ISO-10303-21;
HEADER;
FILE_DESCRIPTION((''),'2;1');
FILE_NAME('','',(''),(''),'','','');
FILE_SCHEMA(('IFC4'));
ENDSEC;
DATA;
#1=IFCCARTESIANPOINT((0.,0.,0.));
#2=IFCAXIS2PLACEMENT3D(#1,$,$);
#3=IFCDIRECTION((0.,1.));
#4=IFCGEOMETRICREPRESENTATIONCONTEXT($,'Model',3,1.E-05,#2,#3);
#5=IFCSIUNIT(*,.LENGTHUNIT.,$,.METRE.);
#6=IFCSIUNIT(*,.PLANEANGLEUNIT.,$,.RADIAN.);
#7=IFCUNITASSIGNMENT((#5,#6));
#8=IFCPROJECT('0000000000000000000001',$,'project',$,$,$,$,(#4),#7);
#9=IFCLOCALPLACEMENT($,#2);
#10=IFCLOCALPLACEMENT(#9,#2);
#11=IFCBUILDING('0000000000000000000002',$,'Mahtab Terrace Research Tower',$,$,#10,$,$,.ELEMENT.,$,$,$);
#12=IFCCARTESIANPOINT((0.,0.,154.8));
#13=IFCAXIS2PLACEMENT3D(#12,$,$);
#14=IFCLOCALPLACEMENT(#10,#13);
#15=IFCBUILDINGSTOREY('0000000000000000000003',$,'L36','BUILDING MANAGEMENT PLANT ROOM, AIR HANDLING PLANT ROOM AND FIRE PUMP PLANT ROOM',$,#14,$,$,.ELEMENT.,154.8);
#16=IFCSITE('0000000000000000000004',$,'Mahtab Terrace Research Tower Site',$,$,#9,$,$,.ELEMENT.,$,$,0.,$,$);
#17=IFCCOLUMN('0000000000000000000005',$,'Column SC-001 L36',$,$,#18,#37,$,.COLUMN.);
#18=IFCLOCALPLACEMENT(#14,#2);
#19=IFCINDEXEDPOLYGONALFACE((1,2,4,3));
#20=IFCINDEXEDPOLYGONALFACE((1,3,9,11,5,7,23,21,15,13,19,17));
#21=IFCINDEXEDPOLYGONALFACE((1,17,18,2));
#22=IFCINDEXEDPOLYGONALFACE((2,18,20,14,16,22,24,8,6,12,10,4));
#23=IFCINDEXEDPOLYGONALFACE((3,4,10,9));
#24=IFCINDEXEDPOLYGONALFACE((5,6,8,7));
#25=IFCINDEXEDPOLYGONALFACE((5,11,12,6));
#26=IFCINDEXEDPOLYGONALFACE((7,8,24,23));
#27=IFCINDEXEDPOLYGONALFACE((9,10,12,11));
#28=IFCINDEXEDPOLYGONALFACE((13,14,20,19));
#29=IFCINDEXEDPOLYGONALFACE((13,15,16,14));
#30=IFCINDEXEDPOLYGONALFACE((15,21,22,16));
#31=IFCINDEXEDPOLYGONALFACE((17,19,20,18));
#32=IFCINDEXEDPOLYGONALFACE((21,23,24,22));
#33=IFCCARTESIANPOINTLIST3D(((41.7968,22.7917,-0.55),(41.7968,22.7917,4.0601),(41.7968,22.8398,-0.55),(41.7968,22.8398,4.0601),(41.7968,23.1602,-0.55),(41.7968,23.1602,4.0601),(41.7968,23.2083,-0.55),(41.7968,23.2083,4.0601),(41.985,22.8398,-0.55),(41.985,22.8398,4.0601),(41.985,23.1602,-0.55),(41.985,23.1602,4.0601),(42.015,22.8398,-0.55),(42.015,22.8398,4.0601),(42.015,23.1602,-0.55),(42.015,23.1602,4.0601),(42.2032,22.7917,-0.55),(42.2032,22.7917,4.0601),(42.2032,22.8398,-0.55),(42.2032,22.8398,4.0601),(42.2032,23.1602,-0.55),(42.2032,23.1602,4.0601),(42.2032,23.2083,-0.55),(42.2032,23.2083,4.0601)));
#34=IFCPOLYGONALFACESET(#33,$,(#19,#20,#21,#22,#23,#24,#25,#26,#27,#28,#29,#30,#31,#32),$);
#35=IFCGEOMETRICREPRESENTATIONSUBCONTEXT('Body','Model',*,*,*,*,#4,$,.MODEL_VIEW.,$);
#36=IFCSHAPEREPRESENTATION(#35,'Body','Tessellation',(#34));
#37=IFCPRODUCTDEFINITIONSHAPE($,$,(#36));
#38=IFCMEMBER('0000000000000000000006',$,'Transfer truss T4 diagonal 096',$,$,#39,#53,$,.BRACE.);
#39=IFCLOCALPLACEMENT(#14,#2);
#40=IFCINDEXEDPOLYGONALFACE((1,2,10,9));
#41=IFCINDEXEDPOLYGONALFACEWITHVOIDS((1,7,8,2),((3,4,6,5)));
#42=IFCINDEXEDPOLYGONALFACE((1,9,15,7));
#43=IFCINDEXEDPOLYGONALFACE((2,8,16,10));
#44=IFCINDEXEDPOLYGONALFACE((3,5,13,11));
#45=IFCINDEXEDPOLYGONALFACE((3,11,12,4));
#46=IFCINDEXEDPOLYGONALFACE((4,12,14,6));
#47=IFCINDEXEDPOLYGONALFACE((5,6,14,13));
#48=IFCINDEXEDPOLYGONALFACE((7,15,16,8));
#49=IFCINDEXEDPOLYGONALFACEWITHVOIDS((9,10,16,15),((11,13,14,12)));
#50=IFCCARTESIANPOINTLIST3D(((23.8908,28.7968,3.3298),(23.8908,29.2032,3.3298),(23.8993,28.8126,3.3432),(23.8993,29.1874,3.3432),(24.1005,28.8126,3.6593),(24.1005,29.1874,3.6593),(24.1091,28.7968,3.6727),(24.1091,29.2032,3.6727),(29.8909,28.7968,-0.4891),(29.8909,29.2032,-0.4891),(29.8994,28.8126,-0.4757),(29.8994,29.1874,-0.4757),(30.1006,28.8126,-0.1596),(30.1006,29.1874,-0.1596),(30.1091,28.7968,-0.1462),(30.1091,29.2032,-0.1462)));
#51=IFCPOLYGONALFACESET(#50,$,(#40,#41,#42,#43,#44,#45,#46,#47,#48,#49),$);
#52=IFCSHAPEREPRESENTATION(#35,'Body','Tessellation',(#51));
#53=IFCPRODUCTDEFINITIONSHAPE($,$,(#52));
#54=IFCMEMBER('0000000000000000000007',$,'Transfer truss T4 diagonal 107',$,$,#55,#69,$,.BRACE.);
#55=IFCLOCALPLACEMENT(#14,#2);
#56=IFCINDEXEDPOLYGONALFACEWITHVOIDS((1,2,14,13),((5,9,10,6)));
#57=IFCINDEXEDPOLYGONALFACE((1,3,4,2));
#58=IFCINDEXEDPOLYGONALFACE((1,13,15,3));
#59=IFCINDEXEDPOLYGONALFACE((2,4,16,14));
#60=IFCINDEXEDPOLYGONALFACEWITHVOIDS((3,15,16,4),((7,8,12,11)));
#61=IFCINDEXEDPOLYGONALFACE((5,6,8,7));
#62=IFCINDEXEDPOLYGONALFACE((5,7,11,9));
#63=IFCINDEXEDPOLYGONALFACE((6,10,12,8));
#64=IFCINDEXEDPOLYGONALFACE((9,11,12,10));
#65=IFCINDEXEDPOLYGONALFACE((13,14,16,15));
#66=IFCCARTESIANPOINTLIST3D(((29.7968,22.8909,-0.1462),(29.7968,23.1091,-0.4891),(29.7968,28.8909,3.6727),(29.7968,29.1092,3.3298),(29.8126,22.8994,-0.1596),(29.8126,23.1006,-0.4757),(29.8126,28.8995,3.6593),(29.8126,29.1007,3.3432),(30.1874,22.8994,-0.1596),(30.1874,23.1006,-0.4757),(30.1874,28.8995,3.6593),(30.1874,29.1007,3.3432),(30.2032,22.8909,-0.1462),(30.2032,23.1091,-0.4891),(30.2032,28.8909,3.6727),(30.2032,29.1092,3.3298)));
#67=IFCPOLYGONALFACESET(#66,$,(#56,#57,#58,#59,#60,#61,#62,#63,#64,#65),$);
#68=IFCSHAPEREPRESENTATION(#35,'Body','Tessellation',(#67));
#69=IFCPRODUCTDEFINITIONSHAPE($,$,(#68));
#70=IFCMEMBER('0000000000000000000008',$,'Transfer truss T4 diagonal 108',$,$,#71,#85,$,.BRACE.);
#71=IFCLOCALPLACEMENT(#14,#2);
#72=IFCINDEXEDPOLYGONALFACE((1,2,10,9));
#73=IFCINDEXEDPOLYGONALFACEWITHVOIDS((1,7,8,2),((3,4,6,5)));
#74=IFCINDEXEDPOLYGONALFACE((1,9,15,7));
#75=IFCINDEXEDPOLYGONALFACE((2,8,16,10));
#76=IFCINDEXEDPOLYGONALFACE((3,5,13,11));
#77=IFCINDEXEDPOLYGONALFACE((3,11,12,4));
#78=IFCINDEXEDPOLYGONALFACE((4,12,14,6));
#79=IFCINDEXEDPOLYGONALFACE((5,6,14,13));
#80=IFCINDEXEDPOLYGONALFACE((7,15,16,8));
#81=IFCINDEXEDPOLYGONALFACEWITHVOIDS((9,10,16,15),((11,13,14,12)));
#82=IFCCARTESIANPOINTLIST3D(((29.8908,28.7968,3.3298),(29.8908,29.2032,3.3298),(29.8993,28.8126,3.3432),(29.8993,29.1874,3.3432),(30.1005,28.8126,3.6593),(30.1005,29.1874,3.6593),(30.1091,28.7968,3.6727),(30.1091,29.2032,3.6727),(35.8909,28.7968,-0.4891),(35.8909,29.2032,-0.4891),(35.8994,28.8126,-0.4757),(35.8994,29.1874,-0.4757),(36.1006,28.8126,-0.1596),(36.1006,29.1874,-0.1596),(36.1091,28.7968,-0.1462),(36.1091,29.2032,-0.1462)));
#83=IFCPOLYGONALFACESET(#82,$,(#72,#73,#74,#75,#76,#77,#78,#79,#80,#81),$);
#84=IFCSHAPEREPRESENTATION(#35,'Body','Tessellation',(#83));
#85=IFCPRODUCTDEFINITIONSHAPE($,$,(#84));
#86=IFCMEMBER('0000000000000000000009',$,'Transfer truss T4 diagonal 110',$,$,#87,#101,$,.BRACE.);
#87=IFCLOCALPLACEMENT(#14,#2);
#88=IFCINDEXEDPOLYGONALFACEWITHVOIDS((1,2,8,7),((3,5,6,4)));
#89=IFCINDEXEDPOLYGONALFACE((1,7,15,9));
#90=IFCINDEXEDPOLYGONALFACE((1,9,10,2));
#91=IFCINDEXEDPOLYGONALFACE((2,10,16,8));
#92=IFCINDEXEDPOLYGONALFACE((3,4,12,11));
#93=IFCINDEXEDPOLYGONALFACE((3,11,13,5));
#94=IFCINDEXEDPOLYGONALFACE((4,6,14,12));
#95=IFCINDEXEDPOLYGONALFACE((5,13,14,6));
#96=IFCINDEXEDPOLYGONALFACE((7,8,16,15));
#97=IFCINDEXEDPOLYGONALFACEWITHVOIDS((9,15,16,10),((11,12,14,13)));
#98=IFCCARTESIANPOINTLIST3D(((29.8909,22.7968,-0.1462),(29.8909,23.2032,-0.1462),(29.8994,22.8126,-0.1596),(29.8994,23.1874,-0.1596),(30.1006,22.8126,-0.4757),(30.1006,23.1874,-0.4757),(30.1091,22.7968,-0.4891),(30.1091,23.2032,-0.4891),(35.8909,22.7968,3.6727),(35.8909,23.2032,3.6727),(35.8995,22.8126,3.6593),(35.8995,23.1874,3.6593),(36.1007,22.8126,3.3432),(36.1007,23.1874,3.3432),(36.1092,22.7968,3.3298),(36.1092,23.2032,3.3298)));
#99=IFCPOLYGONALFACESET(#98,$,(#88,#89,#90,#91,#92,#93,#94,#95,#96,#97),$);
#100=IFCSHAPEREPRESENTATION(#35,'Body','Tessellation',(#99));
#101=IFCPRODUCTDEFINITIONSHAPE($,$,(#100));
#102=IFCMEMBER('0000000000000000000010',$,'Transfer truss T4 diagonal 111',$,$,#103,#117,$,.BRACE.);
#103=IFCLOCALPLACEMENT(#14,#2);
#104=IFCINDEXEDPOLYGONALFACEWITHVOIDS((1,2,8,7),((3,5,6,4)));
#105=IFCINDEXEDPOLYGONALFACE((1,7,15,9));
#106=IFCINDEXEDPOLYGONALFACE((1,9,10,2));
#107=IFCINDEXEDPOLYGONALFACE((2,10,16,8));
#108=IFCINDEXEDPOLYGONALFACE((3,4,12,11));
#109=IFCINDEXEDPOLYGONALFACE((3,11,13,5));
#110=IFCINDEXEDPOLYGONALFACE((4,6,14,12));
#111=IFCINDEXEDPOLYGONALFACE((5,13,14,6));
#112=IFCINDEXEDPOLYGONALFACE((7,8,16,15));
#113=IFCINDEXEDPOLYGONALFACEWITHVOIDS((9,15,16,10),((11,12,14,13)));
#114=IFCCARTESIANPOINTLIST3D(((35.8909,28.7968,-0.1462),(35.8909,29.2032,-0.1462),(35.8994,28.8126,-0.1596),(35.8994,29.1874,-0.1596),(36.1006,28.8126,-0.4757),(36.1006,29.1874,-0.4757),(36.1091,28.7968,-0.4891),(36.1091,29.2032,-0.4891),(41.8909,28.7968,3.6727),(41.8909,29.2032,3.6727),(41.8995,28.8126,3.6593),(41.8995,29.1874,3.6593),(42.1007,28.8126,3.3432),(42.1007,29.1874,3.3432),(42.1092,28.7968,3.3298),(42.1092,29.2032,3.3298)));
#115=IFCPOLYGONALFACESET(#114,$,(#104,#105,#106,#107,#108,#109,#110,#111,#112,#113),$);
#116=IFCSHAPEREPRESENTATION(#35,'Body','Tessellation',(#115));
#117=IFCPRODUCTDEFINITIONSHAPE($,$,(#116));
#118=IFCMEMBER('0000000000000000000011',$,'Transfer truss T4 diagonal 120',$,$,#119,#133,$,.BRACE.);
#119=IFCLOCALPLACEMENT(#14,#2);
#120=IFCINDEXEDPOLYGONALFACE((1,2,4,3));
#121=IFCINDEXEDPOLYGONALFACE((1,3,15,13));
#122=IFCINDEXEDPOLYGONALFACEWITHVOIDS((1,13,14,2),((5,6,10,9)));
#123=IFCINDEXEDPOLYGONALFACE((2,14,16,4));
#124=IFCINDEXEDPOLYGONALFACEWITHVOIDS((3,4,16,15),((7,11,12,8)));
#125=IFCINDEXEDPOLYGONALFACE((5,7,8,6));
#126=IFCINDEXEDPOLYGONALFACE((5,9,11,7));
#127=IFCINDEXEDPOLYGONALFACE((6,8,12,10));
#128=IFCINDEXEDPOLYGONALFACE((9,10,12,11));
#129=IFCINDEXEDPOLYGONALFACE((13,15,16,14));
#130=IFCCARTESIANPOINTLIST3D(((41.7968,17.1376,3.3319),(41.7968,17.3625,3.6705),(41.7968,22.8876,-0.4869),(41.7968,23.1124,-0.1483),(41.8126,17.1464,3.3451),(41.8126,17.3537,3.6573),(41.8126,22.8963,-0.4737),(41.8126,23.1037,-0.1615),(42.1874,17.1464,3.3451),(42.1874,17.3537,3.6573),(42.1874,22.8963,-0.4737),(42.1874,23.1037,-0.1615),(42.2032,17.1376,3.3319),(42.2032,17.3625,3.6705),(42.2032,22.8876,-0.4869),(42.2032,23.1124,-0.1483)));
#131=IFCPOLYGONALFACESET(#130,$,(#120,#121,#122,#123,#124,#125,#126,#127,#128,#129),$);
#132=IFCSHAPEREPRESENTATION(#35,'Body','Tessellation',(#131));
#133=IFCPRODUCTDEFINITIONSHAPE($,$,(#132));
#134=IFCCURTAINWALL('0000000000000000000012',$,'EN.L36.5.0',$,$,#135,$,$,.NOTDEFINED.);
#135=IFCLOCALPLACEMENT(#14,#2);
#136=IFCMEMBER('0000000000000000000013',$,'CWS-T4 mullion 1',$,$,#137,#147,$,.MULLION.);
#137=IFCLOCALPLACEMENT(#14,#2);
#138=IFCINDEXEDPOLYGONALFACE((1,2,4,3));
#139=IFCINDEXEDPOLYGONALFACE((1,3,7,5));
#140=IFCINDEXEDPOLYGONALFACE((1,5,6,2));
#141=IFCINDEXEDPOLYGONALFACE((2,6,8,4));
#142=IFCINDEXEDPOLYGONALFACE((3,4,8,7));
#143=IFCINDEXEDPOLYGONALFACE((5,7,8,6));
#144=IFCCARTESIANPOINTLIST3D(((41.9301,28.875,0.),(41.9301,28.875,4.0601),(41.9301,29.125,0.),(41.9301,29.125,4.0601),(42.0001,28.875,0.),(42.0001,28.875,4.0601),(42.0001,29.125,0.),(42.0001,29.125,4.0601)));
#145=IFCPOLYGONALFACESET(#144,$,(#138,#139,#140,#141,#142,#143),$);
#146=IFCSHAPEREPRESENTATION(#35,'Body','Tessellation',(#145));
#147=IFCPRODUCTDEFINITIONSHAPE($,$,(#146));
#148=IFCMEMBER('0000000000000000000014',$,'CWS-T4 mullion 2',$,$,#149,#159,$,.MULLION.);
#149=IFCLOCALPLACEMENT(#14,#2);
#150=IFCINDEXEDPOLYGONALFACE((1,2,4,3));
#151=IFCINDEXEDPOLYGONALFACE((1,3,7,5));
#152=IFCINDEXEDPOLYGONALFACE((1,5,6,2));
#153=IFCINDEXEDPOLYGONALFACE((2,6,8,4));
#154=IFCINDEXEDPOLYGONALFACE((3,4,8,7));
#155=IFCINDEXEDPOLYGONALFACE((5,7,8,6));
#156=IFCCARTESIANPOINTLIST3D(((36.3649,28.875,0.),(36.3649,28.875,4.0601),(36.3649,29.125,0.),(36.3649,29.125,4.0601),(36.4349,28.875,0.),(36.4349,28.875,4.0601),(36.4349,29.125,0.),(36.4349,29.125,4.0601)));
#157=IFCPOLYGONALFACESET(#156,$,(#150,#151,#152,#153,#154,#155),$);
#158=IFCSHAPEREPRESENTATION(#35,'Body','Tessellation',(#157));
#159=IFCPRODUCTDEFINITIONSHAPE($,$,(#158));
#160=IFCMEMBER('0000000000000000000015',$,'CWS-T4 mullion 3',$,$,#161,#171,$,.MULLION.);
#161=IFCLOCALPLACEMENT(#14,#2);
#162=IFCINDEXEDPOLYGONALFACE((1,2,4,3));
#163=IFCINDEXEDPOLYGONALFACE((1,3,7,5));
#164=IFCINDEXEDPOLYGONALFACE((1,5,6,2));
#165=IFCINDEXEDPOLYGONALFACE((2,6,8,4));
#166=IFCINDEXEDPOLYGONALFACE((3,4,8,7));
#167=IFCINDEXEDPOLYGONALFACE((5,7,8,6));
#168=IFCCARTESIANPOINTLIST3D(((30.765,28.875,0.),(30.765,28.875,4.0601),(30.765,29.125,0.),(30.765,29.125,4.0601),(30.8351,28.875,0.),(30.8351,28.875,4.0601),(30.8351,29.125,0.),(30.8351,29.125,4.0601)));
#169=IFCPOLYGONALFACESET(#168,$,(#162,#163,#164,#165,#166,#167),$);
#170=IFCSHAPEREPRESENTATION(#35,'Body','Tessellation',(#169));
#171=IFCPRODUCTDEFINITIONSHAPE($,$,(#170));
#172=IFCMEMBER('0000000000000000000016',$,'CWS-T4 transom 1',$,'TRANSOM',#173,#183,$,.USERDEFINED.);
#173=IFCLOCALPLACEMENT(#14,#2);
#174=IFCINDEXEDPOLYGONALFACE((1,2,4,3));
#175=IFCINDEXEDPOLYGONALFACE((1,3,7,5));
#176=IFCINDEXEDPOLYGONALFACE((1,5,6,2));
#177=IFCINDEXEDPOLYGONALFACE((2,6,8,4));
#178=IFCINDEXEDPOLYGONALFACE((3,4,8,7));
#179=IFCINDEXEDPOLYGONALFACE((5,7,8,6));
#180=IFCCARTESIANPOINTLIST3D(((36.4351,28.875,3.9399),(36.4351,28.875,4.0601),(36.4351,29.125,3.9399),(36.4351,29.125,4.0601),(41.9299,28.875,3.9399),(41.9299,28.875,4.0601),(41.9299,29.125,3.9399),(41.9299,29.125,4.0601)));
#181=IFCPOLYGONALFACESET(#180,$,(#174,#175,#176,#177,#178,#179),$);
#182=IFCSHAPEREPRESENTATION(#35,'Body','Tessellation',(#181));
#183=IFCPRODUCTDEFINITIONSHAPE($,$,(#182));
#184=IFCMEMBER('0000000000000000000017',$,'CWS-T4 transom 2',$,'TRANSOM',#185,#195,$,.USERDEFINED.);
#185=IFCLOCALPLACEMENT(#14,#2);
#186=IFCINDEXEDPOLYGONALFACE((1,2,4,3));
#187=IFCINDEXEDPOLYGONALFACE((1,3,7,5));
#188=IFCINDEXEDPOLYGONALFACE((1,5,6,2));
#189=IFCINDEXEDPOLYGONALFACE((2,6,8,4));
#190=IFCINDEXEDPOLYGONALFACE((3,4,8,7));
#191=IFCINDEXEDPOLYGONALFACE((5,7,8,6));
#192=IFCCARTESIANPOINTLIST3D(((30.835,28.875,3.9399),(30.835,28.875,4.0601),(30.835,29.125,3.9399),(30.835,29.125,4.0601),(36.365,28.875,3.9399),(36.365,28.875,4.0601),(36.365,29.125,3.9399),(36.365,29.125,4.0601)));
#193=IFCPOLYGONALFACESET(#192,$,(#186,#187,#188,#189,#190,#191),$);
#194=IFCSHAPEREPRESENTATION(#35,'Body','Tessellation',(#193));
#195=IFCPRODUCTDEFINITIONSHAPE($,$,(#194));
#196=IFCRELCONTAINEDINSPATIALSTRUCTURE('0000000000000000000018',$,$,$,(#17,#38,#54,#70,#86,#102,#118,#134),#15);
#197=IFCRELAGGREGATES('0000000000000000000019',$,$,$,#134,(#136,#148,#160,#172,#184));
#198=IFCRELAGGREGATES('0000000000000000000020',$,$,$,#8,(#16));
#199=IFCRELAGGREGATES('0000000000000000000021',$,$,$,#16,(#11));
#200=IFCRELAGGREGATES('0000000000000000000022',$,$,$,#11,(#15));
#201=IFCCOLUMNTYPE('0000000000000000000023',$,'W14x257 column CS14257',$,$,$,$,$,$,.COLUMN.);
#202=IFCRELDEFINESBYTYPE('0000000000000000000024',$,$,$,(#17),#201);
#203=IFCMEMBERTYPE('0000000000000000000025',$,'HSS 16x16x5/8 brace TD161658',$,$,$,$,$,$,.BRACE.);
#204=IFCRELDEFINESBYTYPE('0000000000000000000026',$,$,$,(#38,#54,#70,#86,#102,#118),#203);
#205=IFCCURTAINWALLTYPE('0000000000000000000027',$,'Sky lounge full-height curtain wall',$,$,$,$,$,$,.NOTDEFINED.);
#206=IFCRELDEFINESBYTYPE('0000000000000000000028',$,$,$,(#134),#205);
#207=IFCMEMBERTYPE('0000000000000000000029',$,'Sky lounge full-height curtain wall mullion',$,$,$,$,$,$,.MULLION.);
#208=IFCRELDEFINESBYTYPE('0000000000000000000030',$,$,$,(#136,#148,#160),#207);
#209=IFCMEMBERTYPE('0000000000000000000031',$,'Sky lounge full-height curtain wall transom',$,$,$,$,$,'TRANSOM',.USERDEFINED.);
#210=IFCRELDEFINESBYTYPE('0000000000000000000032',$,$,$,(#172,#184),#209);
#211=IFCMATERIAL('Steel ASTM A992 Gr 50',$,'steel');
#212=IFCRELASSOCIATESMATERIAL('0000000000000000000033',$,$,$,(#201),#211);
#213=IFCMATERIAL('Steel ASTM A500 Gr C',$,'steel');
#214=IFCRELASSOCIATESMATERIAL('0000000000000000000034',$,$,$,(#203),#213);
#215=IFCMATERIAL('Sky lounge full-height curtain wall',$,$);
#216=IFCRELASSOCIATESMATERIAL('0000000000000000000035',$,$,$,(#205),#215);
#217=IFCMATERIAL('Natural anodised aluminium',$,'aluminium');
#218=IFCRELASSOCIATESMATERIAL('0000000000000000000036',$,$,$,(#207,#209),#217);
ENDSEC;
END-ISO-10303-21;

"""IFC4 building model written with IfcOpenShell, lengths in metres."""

from ifc_helpers import new_model, si_unit, direction, frame, origin, origin_2d, place, context, subcontext, project, spatial, rectangle, hollow_rectangle, i_section, extrude, material, material_profile, profile_set, type_object, element, aggregate, save


model = new_model("IFC4")

# Units and contexts
model_context = context("Model", 3, precision=1e-05, world=origin(), true_north=direction((0.0, 1.0)))
body_context = subcontext(model_context, "Body", "Model", "MODEL_VIEW")
ifc_project = project(units=[si_unit("LENGTHUNIT", "METRE"), si_unit("PLANEANGLEUNIT", "RADIAN")], contexts=[model_context])

# Site, building, storey
site_placement = place(None, origin())
site = spatial("IfcSite", under=ifc_project, at=site_placement, Name="Mahtab Terrace Research Tower Site", CompositionType="ELEMENT", RefElevation=0.0)
building_placement = place(site_placement, origin())
building = spatial("IfcBuilding", under=site, at=building_placement, Name="Mahtab Terrace Research Tower", CompositionType="ELEMENT")
storey_placement = place(building_placement, frame((0.0, 0.0, 154.8)))
storey = spatial("IfcBuildingStorey", under=building, at=storey_placement, Name="L36", Description="BUILDING MANAGEMENT PLANT ROOM, AIR HANDLING PLANT ROOM AND FIRE PUMP PLANT ROOM", CompositionType="ELEMENT", Elevation=154.8)

# Column
ifc_material_1 = material(Name="Steel ASTM A992 Gr 50", Category="steel")
ifc_material_profile_1 = material_profile(ifc_material_1, i_section(OverallWidth=0.4065, OverallDepth=0.4165, WebThickness=0.03, FlangeThickness=0.0481, at=origin_2d()), Name="W14X257")
ifc_profile_set_1 = profile_set([ifc_material_profile_1], Name="Steel ASTM A992 Gr 50")
column_type = type_object("IfcColumnType", Name="W14x257 column CS14257", PredefinedType="COLUMN", material=ifc_profile_set_1)
column_placement = place(storey_placement, frame((42.0, 23.0, -0.55), z_axis=(0.0, 0.0, 1.0), x_axis=(1.0, 0.0, 0.0)))
element("IfcColumn", 1, at=column_placement, inside=storey, type_object=column_type, Name="Column SC-001 L36", PredefinedType="COLUMN", context=body_context, shape_type="SweptSolid", body=[
    extrude(i_section(OverallWidth=0.4065, OverallDepth=0.4165, WebThickness=0.03, FlangeThickness=0.0481, at=origin_2d()), origin(), (0.0, 0.0, 1.0), 4.6101),
])

# Members
ifc_material_2 = material(Name="Steel ASTM A500 Gr C", Category="steel")
ifc_material_profile_2 = material_profile(ifc_material_2, hollow_rectangle(XDim=0.4065, YDim=0.4065, WallThickness=0.0159, at=origin_2d()), Name="HSS16X16X5/8")
ifc_profile_set_2 = profile_set([ifc_material_profile_2], Name="Steel ASTM A500 Gr C")
member_type_1 = type_object("IfcMemberType", Name="HSS 16x16x5/8 brace TD161658", PredefinedType="BRACE", material=ifc_profile_set_2)
for number, where, z_axis, x_axis, name in (
    (2, (30.0, 29.0, -0.3176), (-0.843619, 0.0, 0.536942), (0.0, -1.0, 0.0), "Transfer truss T4 diagonal 096"),
    (3, (30.0, 23.0, -0.3176), (0.0, 0.843619, 0.536942), (-1.0, 0.0, 0.0), "Transfer truss T4 diagonal 107"),
    (4, (36.0, 29.0, -0.3176), (-0.843619, 0.0, 0.536942), (0.0, -1.0, 0.0), "Transfer truss T4 diagonal 108"),
    (5, (30.0, 23.0, -0.3176), (0.843619, 0.0, 0.536942), (0.0, 1.0, 0.0), "Transfer truss T4 diagonal 110"),
    (6, (36.0, 29.0, -0.3176), (0.843619, 0.0, 0.536942), (0.0, 1.0, 0.0), "Transfer truss T4 diagonal 111"),
):
    element("IfcMember", number, at=place(storey_placement, frame(where, z_axis=z_axis, x_axis=x_axis)), inside=storey, type_object=member_type_1, Name=name, PredefinedType="BRACE", context=body_context, shape_type="SweptSolid", body=[
        extrude(hollow_rectangle(XDim=0.4065, YDim=0.4065, WallThickness=0.0159, at=origin_2d()), origin(), (0.0, 0.0, 1.0), 7.1123),
    ])
member_1_placement = place(storey_placement, frame((42.0, 23.0, -0.3176), z_axis=(0.0, -0.833018, 0.553246), x_axis=(1.0, 0.0, 0.0)))
element("IfcMember", 7, at=member_1_placement, inside=storey, type_object=member_type_1, Name="Transfer truss T4 diagonal 120", PredefinedType="BRACE", context=body_context, shape_type="SweptSolid", body=[
    extrude(hollow_rectangle(XDim=0.4065, YDim=0.4065, WallThickness=0.0159, at=origin_2d()), origin(), (0.0, 0.0, 1.0), 6.9026),
])

# Curtain wall, members
ifc_material_3 = material(Name="Sky lounge full-height curtain wall")
curtain_wall_type = type_object("IfcCurtainWallType", Name="Sky lounge full-height curtain wall", PredefinedType="NOTDEFINED", material=ifc_material_3)
curtain_wall_placement = place(storey_placement, origin())
curtain_wall = element("IfcCurtainWall", 8, at=curtain_wall_placement, inside=storey, type_object=curtain_wall_type, Name="EN.L36.5.0", PredefinedType="NOTDEFINED")
ifc_material_4 = material(Name="Natural anodised aluminium", Category="aluminium")
ifc_material_profile_3 = material_profile(ifc_material_4, rectangle(XDim=0.25, YDim=0.0701, at=origin_2d()), Name="MULLION 70x250")
ifc_profile_set_3 = profile_set([ifc_material_profile_3], Name="Natural anodised aluminium")
member_type_2 = type_object("IfcMemberType", Name="Sky lounge full-height curtain wall mullion", PredefinedType="MULLION", material=ifc_profile_set_3)
member_2_placement = place(storey_placement, frame((41.9651, 29.0, 0.0), z_axis=(0.0, 0.0, 1.0), x_axis=(0.0, -1.0, 0.0)))
member_2 = element("IfcMember", 9, at=member_2_placement, type_object=member_type_2, Name="CWS-T4 mullion 1", PredefinedType="MULLION", context=body_context, shape_type="SweptSolid", body=[
    extrude(rectangle(XDim=0.25, YDim=0.0701, at=origin_2d()), origin(), (0.0, 0.0, 1.0), 4.0601),
])
member_3_placement = place(storey_placement, frame((36.3999, 29.0, 0.0), z_axis=(0.0, 0.0, 1.0), x_axis=(0.0, -1.0, 0.0)))
member_3 = element("IfcMember", 10, at=member_3_placement, type_object=member_type_2, Name="CWS-T4 mullion 2", PredefinedType="MULLION", context=body_context, shape_type="SweptSolid", body=[
    extrude(rectangle(XDim=0.25, YDim=0.0701, at=origin_2d()), origin(), (0.0, 0.0, 1.0), 4.0601),
])
member_4_placement = place(storey_placement, frame((30.8, 29.0, 0.0), z_axis=(0.0, 0.0, 1.0), x_axis=(0.0, -1.0, 0.0)))
member_4 = element("IfcMember", 11, at=member_4_placement, type_object=member_type_2, Name="CWS-T4 mullion 3", PredefinedType="MULLION", context=body_context, shape_type="SweptSolid", body=[
    extrude(rectangle(XDim=0.25, YDim=0.0701, at=origin_2d()), origin(), (0.0, 0.0, 1.0), 4.0601),
])
ifc_material_profile_4 = material_profile(ifc_material_4, rectangle(XDim=0.25, YDim=0.1201, at=origin_2d()), Name="TRANSOM 120x250")
ifc_profile_set_4 = profile_set([ifc_material_profile_4], Name="Natural anodised aluminium")
member_type_3 = type_object("IfcMemberType", Name="Sky lounge full-height curtain wall transom", ElementType="TRANSOM", PredefinedType="USERDEFINED", material=ifc_profile_set_4)
member_5_placement = place(storey_placement, frame((41.9299, 29.0, 4.0), z_axis=(-1.0, 0.0, 0.0), x_axis=(0.0, -1.0, 0.0)))
member_5 = element("IfcMember", 12, at=member_5_placement, type_object=member_type_3, Name="CWS-T4 transom 1", ObjectType="TRANSOM", PredefinedType="USERDEFINED", context=body_context, shape_type="SweptSolid", body=[
    extrude(rectangle(XDim=0.25, YDim=0.1201, at=origin_2d()), origin(), (0.0, 0.0, 1.0), 5.4949),
])
member_6_placement = place(storey_placement, frame((36.365, 29.0, 4.0), z_axis=(-1.0, 0.0, 0.0), x_axis=(0.0, -1.0, 0.0)))
member_6 = element("IfcMember", 13, at=member_6_placement, type_object=member_type_3, Name="CWS-T4 transom 2", ObjectType="TRANSOM", PredefinedType="USERDEFINED", context=body_context, shape_type="SweptSolid", body=[
    extrude(rectangle(XDim=0.25, YDim=0.1201, at=origin_2d()), origin(), (0.0, 0.0, 1.0), 5.53),
])

aggregate(curtain_wall, [member_2, member_3, member_4, member_5, member_6])

save(model, "model.ifc")
